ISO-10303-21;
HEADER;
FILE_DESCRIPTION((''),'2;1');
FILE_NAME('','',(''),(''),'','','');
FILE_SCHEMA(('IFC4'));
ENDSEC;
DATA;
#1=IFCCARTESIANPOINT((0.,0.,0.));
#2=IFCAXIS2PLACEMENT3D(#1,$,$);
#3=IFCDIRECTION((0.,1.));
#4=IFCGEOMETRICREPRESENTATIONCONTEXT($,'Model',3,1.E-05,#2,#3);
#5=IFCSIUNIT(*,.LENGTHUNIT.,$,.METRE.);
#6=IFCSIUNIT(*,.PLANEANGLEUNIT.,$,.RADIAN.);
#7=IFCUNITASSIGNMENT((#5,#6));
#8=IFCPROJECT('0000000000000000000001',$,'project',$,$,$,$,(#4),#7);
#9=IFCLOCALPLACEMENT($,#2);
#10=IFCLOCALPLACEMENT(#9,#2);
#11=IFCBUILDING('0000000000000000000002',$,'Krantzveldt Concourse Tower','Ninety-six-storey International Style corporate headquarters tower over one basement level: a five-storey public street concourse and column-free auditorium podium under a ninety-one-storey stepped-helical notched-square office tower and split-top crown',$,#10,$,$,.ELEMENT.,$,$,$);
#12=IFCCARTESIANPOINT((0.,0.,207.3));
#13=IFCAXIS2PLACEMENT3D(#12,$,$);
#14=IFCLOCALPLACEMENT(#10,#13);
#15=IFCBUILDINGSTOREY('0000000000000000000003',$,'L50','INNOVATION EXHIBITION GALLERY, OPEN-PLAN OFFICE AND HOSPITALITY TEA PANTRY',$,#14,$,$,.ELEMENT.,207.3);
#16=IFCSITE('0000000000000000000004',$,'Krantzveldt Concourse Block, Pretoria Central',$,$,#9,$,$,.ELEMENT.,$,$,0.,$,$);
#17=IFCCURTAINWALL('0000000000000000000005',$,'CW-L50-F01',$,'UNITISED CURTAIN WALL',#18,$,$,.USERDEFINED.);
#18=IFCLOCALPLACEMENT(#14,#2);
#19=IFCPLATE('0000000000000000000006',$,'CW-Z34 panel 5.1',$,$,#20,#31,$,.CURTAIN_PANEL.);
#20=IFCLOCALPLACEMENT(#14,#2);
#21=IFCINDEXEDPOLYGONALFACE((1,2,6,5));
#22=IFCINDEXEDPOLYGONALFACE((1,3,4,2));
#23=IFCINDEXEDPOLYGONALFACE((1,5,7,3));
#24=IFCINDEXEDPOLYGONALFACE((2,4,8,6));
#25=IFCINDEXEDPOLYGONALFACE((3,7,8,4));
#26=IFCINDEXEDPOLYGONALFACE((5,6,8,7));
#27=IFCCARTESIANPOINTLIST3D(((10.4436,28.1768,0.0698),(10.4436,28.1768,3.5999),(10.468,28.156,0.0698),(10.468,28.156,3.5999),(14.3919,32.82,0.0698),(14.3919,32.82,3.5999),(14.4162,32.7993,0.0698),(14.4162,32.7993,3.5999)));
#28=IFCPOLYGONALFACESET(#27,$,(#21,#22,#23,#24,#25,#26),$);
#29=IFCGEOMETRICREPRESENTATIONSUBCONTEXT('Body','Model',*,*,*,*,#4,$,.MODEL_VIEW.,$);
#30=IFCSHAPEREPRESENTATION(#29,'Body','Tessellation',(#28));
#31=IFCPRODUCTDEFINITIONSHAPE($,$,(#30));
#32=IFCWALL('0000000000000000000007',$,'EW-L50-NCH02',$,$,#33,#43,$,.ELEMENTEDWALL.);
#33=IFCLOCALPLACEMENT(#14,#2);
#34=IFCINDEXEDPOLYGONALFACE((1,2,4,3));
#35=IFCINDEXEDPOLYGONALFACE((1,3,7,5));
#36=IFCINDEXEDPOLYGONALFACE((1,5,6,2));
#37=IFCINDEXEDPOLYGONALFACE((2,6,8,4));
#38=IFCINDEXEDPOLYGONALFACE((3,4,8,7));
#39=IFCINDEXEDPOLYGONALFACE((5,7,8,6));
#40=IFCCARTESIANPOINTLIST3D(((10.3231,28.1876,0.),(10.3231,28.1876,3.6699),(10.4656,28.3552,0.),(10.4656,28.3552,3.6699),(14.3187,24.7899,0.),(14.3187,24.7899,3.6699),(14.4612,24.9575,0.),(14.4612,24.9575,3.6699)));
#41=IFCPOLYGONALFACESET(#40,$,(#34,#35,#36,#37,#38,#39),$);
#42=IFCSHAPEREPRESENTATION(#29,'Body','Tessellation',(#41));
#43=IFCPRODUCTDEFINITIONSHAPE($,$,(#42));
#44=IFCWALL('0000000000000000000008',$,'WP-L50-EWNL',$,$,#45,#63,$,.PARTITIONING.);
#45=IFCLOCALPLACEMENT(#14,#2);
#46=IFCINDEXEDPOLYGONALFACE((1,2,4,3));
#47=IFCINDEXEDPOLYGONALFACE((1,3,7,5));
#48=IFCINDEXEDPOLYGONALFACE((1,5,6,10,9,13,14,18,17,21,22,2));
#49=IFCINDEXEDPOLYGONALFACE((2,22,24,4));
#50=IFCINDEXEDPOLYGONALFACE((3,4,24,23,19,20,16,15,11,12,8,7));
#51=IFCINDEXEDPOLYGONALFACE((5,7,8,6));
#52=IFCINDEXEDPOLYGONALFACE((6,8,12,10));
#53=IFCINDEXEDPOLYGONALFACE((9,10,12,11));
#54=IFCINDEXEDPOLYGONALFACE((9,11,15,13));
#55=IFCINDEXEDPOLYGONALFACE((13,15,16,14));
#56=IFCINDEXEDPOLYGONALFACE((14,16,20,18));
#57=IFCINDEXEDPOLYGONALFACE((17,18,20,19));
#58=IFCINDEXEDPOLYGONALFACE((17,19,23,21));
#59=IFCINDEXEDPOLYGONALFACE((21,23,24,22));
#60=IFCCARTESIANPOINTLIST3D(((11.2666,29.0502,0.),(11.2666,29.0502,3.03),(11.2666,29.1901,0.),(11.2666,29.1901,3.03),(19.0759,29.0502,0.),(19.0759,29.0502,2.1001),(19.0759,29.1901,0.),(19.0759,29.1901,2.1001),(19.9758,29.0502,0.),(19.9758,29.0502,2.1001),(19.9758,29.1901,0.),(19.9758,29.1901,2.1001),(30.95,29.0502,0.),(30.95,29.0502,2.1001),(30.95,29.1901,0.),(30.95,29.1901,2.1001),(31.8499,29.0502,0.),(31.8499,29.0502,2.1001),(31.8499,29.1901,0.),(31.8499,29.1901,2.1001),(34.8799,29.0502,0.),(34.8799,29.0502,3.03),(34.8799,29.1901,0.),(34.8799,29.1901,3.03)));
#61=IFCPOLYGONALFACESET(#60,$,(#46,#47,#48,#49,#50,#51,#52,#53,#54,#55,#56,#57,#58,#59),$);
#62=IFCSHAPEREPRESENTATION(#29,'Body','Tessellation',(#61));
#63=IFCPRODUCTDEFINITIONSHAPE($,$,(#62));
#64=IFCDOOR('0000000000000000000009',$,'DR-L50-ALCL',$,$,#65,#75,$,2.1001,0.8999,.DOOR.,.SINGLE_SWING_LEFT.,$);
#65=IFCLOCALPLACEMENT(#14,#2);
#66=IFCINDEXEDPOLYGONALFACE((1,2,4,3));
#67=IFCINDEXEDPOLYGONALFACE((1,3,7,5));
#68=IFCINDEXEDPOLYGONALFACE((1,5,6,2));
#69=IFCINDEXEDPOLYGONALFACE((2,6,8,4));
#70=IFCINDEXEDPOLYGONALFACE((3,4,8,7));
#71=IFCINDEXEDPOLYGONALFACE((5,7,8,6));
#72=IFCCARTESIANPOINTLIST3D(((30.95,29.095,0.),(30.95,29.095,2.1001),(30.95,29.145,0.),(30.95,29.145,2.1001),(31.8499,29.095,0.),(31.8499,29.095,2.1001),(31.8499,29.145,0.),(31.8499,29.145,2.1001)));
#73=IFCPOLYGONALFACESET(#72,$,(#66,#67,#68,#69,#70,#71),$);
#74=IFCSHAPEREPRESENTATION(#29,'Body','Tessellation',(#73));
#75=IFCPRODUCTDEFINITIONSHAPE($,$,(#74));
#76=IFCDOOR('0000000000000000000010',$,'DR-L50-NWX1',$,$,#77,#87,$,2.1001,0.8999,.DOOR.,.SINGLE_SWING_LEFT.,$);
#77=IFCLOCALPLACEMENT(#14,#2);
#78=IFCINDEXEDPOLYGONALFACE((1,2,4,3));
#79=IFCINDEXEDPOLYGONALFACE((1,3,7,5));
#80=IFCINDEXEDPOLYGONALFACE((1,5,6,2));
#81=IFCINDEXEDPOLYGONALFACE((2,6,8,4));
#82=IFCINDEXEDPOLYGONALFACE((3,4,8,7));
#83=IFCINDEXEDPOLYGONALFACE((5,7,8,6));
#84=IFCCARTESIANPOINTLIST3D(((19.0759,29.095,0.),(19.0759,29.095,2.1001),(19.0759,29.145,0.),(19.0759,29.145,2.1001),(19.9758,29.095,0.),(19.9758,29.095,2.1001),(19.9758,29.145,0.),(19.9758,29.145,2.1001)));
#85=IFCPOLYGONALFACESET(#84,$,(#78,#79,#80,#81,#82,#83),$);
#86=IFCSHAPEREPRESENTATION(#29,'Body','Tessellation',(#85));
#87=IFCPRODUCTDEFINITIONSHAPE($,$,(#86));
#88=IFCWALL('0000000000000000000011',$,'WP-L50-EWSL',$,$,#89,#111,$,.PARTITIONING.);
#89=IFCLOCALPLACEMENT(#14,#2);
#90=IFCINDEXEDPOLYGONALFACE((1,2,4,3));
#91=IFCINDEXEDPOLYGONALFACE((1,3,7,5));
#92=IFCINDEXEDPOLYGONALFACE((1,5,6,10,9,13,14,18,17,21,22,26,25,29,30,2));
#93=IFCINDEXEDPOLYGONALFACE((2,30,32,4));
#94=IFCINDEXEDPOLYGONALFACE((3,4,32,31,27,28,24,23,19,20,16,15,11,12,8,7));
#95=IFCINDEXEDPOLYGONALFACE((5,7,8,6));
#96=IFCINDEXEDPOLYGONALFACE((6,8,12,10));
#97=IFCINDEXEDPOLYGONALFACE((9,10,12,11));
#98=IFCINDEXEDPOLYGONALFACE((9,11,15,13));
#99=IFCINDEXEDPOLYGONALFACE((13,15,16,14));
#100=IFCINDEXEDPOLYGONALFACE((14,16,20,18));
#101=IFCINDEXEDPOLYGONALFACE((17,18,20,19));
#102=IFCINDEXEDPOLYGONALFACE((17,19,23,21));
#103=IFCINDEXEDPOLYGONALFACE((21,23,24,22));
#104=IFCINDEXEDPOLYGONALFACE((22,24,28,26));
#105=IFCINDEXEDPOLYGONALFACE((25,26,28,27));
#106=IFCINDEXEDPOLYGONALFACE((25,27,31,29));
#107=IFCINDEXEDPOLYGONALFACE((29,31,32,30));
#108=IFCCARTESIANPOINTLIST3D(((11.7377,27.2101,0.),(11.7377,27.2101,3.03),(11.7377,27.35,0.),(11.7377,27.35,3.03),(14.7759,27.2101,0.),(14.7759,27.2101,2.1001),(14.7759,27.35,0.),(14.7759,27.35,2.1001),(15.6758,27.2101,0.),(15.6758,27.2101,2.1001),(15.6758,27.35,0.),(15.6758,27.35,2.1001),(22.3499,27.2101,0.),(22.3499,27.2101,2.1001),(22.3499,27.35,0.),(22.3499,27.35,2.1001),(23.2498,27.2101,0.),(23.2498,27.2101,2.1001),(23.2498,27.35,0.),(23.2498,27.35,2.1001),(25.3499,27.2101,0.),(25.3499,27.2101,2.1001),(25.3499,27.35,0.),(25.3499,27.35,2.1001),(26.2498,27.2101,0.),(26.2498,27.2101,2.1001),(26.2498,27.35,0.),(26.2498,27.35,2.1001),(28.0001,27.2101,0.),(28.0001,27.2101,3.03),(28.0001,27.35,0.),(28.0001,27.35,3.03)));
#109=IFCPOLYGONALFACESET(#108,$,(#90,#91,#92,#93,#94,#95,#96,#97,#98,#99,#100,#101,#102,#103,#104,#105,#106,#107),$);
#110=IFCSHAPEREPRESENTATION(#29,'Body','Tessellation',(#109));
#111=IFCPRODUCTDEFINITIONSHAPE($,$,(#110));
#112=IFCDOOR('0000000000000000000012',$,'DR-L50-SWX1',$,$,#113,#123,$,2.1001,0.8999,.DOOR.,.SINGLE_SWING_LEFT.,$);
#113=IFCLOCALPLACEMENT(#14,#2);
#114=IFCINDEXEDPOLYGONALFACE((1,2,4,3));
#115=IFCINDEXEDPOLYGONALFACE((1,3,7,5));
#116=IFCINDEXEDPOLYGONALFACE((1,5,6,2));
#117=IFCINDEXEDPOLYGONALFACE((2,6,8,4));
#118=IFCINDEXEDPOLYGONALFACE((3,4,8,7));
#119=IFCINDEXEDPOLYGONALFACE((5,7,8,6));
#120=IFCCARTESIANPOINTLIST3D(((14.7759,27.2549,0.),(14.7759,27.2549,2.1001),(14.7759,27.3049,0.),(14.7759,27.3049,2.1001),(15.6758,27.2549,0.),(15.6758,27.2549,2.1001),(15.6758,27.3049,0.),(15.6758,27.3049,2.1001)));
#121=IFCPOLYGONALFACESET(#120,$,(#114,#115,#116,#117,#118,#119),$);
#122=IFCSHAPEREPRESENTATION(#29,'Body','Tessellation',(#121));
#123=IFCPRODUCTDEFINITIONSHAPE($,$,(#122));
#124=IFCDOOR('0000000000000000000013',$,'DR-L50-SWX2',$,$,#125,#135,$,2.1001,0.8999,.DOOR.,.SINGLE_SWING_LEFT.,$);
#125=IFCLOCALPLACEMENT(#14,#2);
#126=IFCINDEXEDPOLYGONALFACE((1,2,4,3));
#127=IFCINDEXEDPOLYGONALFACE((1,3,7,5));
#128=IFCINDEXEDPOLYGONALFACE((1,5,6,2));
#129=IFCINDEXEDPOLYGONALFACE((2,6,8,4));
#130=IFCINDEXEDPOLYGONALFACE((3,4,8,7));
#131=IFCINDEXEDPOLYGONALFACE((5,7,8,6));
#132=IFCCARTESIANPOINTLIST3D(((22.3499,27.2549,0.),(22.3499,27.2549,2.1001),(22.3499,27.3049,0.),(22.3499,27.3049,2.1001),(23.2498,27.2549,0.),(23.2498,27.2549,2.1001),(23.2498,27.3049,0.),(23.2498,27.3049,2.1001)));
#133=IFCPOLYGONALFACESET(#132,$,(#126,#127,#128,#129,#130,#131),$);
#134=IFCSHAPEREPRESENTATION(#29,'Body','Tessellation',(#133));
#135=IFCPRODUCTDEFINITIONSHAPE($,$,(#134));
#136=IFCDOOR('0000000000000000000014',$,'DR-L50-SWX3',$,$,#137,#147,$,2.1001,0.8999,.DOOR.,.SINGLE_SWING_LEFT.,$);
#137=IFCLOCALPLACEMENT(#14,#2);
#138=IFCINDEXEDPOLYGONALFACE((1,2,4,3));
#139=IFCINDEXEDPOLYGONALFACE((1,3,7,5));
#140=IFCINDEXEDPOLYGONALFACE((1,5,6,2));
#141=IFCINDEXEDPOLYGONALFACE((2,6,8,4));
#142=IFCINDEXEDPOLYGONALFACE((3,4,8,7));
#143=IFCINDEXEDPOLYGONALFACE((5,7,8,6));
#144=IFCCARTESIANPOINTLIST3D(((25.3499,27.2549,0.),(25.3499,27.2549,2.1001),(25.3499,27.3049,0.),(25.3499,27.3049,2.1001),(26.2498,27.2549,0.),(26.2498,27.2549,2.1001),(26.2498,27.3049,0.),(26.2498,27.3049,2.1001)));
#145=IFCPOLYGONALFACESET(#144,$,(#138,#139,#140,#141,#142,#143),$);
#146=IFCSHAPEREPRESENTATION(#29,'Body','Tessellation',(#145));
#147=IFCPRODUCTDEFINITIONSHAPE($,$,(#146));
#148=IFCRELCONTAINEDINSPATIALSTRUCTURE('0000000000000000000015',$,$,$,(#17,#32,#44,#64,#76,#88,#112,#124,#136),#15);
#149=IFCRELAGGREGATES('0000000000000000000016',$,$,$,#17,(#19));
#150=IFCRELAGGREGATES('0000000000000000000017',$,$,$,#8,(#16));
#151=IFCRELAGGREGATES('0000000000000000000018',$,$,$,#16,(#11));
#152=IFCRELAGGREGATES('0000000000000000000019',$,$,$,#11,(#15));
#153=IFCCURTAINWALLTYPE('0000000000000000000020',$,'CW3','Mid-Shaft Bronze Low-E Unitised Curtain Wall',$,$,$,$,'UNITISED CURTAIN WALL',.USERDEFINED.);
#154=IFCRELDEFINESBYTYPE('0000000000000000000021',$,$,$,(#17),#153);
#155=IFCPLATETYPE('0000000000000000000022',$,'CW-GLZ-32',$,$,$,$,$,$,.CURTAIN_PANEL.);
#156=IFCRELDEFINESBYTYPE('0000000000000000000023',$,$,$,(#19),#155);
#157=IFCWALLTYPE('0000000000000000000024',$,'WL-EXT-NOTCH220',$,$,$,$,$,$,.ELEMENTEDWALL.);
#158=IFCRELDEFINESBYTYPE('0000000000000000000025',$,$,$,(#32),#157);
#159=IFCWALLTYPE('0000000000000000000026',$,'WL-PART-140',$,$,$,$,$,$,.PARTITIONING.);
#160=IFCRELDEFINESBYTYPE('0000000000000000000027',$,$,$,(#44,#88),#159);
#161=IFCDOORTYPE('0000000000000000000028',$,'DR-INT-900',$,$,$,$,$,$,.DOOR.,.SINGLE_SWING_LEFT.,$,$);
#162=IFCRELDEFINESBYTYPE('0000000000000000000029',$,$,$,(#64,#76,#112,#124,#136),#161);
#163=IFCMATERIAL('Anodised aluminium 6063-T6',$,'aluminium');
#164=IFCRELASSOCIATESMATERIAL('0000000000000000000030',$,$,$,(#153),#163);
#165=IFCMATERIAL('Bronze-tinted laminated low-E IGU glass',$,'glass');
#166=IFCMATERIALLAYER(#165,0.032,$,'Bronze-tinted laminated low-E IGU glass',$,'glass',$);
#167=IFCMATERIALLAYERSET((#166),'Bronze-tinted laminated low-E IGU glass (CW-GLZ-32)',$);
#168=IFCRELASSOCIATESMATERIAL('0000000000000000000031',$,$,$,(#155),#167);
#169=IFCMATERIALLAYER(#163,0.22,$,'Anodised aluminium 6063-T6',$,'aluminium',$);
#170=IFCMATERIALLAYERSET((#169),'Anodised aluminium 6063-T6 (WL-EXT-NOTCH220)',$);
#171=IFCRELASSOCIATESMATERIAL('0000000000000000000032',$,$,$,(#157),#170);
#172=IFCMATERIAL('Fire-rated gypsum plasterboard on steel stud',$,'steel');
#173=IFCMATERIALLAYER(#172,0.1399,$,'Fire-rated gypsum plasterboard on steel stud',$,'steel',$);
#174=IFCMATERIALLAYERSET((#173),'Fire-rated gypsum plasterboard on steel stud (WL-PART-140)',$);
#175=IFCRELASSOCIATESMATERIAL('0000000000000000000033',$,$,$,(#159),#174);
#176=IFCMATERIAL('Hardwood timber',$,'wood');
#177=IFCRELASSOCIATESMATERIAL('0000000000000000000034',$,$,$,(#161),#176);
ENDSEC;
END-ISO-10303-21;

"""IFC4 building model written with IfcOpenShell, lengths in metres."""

from ifc_helpers import new_model, si_unit, direction, frame, frame_2d, origin, origin_2d, place, context, subcontext, project, spatial, rectangle, extrude, source, transform, mapped, material, layer, layer_set, type_object, type_shapes, element, fill, aggregate, save


model = new_model("IFC4")

# Units and contexts
model_context = context("Model", 3, precision=1e-05, world=origin(), true_north=direction((0.0, 1.0)))
body_context = subcontext(model_context, "Body", "Model", "MODEL_VIEW")
ifc_project = project(units=[si_unit("LENGTHUNIT", "METRE"), si_unit("PLANEANGLEUNIT", "RADIAN")], contexts=[model_context])

# Site, building, storey
site_placement = place(None, origin())
site = spatial("IfcSite", under=ifc_project, at=site_placement, Name="Krantzveldt Concourse Block, Pretoria Central", CompositionType="ELEMENT", RefElevation=0.0)
building_placement = place(site_placement, origin())
building = spatial("IfcBuilding", under=site, at=building_placement, Name="Krantzveldt Concourse Tower", Description="Ninety-six-storey International Style corporate headquarters tower over one basement level: a five-storey public street concourse and column-free auditorium podium under a ninety-one-storey stepped-helical notched-square office tower and split-top crown", CompositionType="ELEMENT")
storey_placement = place(building_placement, frame((0.0, 0.0, 207.3)))
storey = spatial("IfcBuildingStorey", under=building, at=storey_placement, Name="L50", Description="INNOVATION EXHIBITION GALLERY, OPEN-PLAN OFFICE AND HOSPITALITY TEA PANTRY", CompositionType="ELEMENT", Elevation=207.3)

# Curtain wall, plate
ifc_material_1 = material(Name="Anodised aluminium 6063-T6", Category="aluminium")
curtain_wall_type = type_object("IfcCurtainWallType", Name="CW3", Description="Mid-Shaft Bronze Low-E Unitised Curtain Wall", ElementType="UNITISED CURTAIN WALL", PredefinedType="USERDEFINED", material=ifc_material_1)
curtain_wall_placement = place(storey_placement, origin())
curtain_wall = element("IfcCurtainWall", 1, at=curtain_wall_placement, inside=storey, type_object=curtain_wall_type, Name="CW-L50-F01", ObjectType="UNITISED CURTAIN WALL", PredefinedType="USERDEFINED")
ifc_material_2 = material(Name="Bronze-tinted laminated low-E IGU glass", Category="glass")
ifc_layer_1 = layer(ifc_material_2, 0.032, Name="Bronze-tinted laminated low-E IGU glass", Category="glass")
ifc_layer_set_1 = layer_set([ifc_layer_1], Name="Bronze-tinted laminated low-E IGU glass (CW-GLZ-32)")
plate_type = type_object("IfcPlateType", Name="CW-GLZ-32", PredefinedType="CURTAIN_PANEL", material=ifc_layer_set_1)
shared_shape_1 = source(origin(), body_context, "Body", "SweptSolid", [
    extrude(rectangle(XDim=6.095, YDim=0.032, at=origin_2d()), origin(), (0.0, 0.0, 1.0), 3.53),
])
type_shapes(plate_type, [shared_shape_1])
plate_placement = place(storey_placement, frame((12.4299, 30.488, 0.0698), z_axis=(0.0, 0.0, 1.0), x_axis=(-0.647788, -0.761821, 0.0)))
plate = element("IfcPlate", 2, at=plate_placement, type_object=plate_type, Name="CW-Z34 panel 5.1", PredefinedType="CURTAIN_PANEL", context=body_context, shape_type="MappedRepresentation", body=[
    mapped(shared_shape_1, transform((0.0, 0.0, 0.0), x_axis=(1.0, 0.0, 0.0), y_axis=(0.0, 1.0, 0.0), z_axis=(0.0, 0.0, 1.0), scale=1.0)),
])
aggregate(curtain_wall, [plate])

# Wall
ifc_layer_2 = layer(ifc_material_1, 0.22, Name="Anodised aluminium 6063-T6", Category="aluminium")
ifc_layer_set_2 = layer_set([ifc_layer_2], Name="Anodised aluminium 6063-T6 (WL-EXT-NOTCH220)")
wall_type_1 = type_object("IfcWallType", Name="WL-EXT-NOTCH220", PredefinedType="ELEMENTEDWALL", material=ifc_layer_set_2)
wall_1_placement = place(storey_placement, frame((10.3943, 28.2715, 0.0), z_axis=(0.0, 0.0, 1.0), x_axis=(0.761804, -0.647808, 0.0)))
element("IfcWall", 3, at=wall_1_placement, inside=storey, type_object=wall_type_1, Name="EW-L50-NCH02", PredefinedType="ELEMENTEDWALL", context=body_context, shape_type="SweptSolid", body=[
    extrude(rectangle(XDim=5.2449, YDim=0.22, at=frame_2d((2.6226, 0.0))), origin(), (0.0, 0.0, 1.0), 3.6699),
])

# Walls, openings, doors
ifc_material_3 = material(Name="Fire-rated gypsum plasterboard on steel stud", Category="steel")
ifc_layer_3 = layer(ifc_material_3, 0.1399, Name="Fire-rated gypsum plasterboard on steel stud", Category="steel")
ifc_layer_set_3 = layer_set([ifc_layer_3], Name="Fire-rated gypsum plasterboard on steel stud (WL-PART-140)")
wall_type_2 = type_object("IfcWallType", Name="WL-PART-140", PredefinedType="PARTITIONING", material=ifc_layer_set_3)
wall_2_placement = place(storey_placement, frame((11.2666, 29.1201, 0.0), z_axis=(0.0, 0.0, 1.0), x_axis=(1.0, 0.0, 0.0)))
wall_2 = element("IfcWall", 4, at=wall_2_placement, inside=storey, type_object=wall_type_2, Name="WP-L50-EWNL", PredefinedType="PARTITIONING", context=body_context, shape_type="SweptSolid", body=[
    extrude(rectangle(XDim=23.6133, YDim=0.1399, at=frame_2d((11.8066, 0.0))), origin(), (0.0, 0.0, 1.0), 3.03),
])
opening_1_placement = place(wall_2_placement, frame((19.6833, 0.0, 0.0)))
opening_1 = element("IfcOpeningElement", 5, at=opening_1_placement, cuts=wall_2, PredefinedType="OPENING", context=body_context, shape_type="SweptSolid", body=[
    extrude(rectangle(XDim=0.8999, YDim=2.1001, at=frame_2d((0.45, 1.05))), frame((0.0, 0.0801, 0.0), z_axis=(0.0, -1.0, 0.0), x_axis=(1.0, 0.0, 0.0)), (0.0, 0.0, 1.0), 0.1599),
])
opening_2_placement = place(wall_2_placement, frame((7.8093, 0.0, 0.0)))
opening_2 = element("IfcOpeningElement", 6, at=opening_2_placement, cuts=wall_2, PredefinedType="OPENING", context=body_context, shape_type="SweptSolid", body=[
    extrude(rectangle(XDim=0.8999, YDim=2.1001, at=frame_2d((0.45, 1.05))), frame((0.0, 0.0801, 0.0), z_axis=(0.0, -1.0, 0.0), x_axis=(1.0, 0.0, 0.0)), (0.0, 0.0, 1.0), 0.1599),
])
ifc_material_4 = material(Name="Hardwood timber", Category="wood")
door_type = type_object("IfcDoorType", Name="DR-INT-900", OperationType="SINGLE_SWING_LEFT", PredefinedType="DOOR", material=ifc_material_4)
door_1_placement = place(opening_1_placement, origin())
door_1 = element("IfcDoor", 7, at=door_1_placement, inside=storey, type_object=door_type, Name="DR-L50-ALCL", OperationType="SINGLE_SWING_LEFT", OverallHeight=2.1001, OverallWidth=0.8999, PredefinedType="DOOR", context=body_context, shape_type="SweptSolid", body=[
    extrude(rectangle(XDim=0.8999, YDim=2.1001, at=frame_2d((0.45, 1.05))), frame((0.0, 0.0249, 0.0), z_axis=(0.0, -1.0, 0.0), x_axis=(1.0, 0.0, 0.0)), (0.0, 0.0, 1.0), 0.05),
])
fill(opening_1, door_1)
door_2_placement = place(opening_2_placement, origin())
door_2 = element("IfcDoor", 8, at=door_2_placement, inside=storey, type_object=door_type, Name="DR-L50-NWX1", OperationType="SINGLE_SWING_LEFT", OverallHeight=2.1001, OverallWidth=0.8999, PredefinedType="DOOR", context=body_context, shape_type="SweptSolid", body=[
    extrude(rectangle(XDim=0.8999, YDim=2.1001, at=frame_2d((0.45, 1.05))), frame((0.0, 0.0249, 0.0), z_axis=(0.0, -1.0, 0.0), x_axis=(1.0, 0.0, 0.0)), (0.0, 0.0, 1.0), 0.05),
])
fill(opening_2, door_2)
wall_3_placement = place(storey_placement, frame((11.7375, 27.28, 0.0), z_axis=(0.0, 0.0, 1.0), x_axis=(1.0, 0.0, 0.0)))
wall_3 = element("IfcWall", 9, at=wall_3_placement, inside=storey, type_object=wall_type_2, Name="WP-L50-EWSL", PredefinedType="PARTITIONING", context=body_context, shape_type="SweptSolid", body=[
    extrude(rectangle(XDim=16.2625, YDim=0.1399, at=frame_2d((8.1313, 0.0))), origin(), (0.0, 0.0, 1.0), 3.03),
])
opening_3_placement = place(wall_3_placement, frame((3.0383, 0.0, 0.0)))
opening_3 = element("IfcOpeningElement", 10, at=opening_3_placement, cuts=wall_3, PredefinedType="OPENING", context=body_context, shape_type="SweptSolid", body=[
    extrude(rectangle(XDim=0.8999, YDim=2.1001, at=frame_2d((0.45, 1.05))), frame((0.0, 0.0801, 0.0), z_axis=(0.0, -1.0, 0.0), x_axis=(1.0, 0.0, 0.0)), (0.0, 0.0, 1.0), 0.1599),
])
opening_4_placement = place(wall_3_placement, frame((10.6123, 0.0, 0.0)))
opening_4 = element("IfcOpeningElement", 11, at=opening_4_placement, cuts=wall_3, PredefinedType="OPENING", context=body_context, shape_type="SweptSolid", body=[
    extrude(rectangle(XDim=0.8999, YDim=2.1001, at=frame_2d((0.45, 1.05))), frame((0.0, 0.0801, 0.0), z_axis=(0.0, -1.0, 0.0), x_axis=(1.0, 0.0, 0.0)), (0.0, 0.0, 1.0), 0.1599),
])
opening_5_placement = place(wall_3_placement, frame((13.6123, 0.0, 0.0)))
opening_5 = element("IfcOpeningElement", 12, at=opening_5_placement, cuts=wall_3, PredefinedType="OPENING", context=body_context, shape_type="SweptSolid", body=[
    extrude(rectangle(XDim=0.8999, YDim=2.1001, at=frame_2d((0.45, 1.05))), frame((0.0, 0.0801, 0.0), z_axis=(0.0, -1.0, 0.0), x_axis=(1.0, 0.0, 0.0)), (0.0, 0.0, 1.0), 0.1599),
])
door_3_placement = place(opening_3_placement, origin())
door_3 = element("IfcDoor", 13, at=door_3_placement, inside=storey, type_object=door_type, Name="DR-L50-SWX1", OperationType="SINGLE_SWING_LEFT", OverallHeight=2.1001, OverallWidth=0.8999, PredefinedType="DOOR", context=body_context, shape_type="SweptSolid", body=[
    extrude(rectangle(XDim=0.8999, YDim=2.1001, at=frame_2d((0.45, 1.05))), frame((0.0, 0.0249, 0.0), z_axis=(0.0, -1.0, 0.0), x_axis=(1.0, 0.0, 0.0)), (0.0, 0.0, 1.0), 0.05),
])
fill(opening_3, door_3)
door_4_placement = place(opening_4_placement, origin())
door_4 = element("IfcDoor", 14, at=door_4_placement, inside=storey, type_object=door_type, Name="DR-L50-SWX2", OperationType="SINGLE_SWING_LEFT", OverallHeight=2.1001, OverallWidth=0.8999, PredefinedType="DOOR", context=body_context, shape_type="SweptSolid", body=[
    extrude(rectangle(XDim=0.8999, YDim=2.1001, at=frame_2d((0.45, 1.05))), frame((0.0, 0.0249, 0.0), z_axis=(0.0, -1.0, 0.0), x_axis=(1.0, 0.0, 0.0)), (0.0, 0.0, 1.0), 0.05),
])
fill(opening_4, door_4)
door_5_placement = place(opening_5_placement, origin())
door_5 = element("IfcDoor", 15, at=door_5_placement, inside=storey, type_object=door_type, Name="DR-L50-SWX3", OperationType="SINGLE_SWING_LEFT", OverallHeight=2.1001, OverallWidth=0.8999, PredefinedType="DOOR", context=body_context, shape_type="SweptSolid", body=[
    extrude(rectangle(XDim=0.8999, YDim=2.1001, at=frame_2d((0.45, 1.05))), frame((0.0, 0.0249, 0.0), z_axis=(0.0, -1.0, 0.0), x_axis=(1.0, 0.0, 0.0)), (0.0, 0.0, 1.0), 0.05),
])
fill(opening_5, door_5)

save(model, "model.ifc")
